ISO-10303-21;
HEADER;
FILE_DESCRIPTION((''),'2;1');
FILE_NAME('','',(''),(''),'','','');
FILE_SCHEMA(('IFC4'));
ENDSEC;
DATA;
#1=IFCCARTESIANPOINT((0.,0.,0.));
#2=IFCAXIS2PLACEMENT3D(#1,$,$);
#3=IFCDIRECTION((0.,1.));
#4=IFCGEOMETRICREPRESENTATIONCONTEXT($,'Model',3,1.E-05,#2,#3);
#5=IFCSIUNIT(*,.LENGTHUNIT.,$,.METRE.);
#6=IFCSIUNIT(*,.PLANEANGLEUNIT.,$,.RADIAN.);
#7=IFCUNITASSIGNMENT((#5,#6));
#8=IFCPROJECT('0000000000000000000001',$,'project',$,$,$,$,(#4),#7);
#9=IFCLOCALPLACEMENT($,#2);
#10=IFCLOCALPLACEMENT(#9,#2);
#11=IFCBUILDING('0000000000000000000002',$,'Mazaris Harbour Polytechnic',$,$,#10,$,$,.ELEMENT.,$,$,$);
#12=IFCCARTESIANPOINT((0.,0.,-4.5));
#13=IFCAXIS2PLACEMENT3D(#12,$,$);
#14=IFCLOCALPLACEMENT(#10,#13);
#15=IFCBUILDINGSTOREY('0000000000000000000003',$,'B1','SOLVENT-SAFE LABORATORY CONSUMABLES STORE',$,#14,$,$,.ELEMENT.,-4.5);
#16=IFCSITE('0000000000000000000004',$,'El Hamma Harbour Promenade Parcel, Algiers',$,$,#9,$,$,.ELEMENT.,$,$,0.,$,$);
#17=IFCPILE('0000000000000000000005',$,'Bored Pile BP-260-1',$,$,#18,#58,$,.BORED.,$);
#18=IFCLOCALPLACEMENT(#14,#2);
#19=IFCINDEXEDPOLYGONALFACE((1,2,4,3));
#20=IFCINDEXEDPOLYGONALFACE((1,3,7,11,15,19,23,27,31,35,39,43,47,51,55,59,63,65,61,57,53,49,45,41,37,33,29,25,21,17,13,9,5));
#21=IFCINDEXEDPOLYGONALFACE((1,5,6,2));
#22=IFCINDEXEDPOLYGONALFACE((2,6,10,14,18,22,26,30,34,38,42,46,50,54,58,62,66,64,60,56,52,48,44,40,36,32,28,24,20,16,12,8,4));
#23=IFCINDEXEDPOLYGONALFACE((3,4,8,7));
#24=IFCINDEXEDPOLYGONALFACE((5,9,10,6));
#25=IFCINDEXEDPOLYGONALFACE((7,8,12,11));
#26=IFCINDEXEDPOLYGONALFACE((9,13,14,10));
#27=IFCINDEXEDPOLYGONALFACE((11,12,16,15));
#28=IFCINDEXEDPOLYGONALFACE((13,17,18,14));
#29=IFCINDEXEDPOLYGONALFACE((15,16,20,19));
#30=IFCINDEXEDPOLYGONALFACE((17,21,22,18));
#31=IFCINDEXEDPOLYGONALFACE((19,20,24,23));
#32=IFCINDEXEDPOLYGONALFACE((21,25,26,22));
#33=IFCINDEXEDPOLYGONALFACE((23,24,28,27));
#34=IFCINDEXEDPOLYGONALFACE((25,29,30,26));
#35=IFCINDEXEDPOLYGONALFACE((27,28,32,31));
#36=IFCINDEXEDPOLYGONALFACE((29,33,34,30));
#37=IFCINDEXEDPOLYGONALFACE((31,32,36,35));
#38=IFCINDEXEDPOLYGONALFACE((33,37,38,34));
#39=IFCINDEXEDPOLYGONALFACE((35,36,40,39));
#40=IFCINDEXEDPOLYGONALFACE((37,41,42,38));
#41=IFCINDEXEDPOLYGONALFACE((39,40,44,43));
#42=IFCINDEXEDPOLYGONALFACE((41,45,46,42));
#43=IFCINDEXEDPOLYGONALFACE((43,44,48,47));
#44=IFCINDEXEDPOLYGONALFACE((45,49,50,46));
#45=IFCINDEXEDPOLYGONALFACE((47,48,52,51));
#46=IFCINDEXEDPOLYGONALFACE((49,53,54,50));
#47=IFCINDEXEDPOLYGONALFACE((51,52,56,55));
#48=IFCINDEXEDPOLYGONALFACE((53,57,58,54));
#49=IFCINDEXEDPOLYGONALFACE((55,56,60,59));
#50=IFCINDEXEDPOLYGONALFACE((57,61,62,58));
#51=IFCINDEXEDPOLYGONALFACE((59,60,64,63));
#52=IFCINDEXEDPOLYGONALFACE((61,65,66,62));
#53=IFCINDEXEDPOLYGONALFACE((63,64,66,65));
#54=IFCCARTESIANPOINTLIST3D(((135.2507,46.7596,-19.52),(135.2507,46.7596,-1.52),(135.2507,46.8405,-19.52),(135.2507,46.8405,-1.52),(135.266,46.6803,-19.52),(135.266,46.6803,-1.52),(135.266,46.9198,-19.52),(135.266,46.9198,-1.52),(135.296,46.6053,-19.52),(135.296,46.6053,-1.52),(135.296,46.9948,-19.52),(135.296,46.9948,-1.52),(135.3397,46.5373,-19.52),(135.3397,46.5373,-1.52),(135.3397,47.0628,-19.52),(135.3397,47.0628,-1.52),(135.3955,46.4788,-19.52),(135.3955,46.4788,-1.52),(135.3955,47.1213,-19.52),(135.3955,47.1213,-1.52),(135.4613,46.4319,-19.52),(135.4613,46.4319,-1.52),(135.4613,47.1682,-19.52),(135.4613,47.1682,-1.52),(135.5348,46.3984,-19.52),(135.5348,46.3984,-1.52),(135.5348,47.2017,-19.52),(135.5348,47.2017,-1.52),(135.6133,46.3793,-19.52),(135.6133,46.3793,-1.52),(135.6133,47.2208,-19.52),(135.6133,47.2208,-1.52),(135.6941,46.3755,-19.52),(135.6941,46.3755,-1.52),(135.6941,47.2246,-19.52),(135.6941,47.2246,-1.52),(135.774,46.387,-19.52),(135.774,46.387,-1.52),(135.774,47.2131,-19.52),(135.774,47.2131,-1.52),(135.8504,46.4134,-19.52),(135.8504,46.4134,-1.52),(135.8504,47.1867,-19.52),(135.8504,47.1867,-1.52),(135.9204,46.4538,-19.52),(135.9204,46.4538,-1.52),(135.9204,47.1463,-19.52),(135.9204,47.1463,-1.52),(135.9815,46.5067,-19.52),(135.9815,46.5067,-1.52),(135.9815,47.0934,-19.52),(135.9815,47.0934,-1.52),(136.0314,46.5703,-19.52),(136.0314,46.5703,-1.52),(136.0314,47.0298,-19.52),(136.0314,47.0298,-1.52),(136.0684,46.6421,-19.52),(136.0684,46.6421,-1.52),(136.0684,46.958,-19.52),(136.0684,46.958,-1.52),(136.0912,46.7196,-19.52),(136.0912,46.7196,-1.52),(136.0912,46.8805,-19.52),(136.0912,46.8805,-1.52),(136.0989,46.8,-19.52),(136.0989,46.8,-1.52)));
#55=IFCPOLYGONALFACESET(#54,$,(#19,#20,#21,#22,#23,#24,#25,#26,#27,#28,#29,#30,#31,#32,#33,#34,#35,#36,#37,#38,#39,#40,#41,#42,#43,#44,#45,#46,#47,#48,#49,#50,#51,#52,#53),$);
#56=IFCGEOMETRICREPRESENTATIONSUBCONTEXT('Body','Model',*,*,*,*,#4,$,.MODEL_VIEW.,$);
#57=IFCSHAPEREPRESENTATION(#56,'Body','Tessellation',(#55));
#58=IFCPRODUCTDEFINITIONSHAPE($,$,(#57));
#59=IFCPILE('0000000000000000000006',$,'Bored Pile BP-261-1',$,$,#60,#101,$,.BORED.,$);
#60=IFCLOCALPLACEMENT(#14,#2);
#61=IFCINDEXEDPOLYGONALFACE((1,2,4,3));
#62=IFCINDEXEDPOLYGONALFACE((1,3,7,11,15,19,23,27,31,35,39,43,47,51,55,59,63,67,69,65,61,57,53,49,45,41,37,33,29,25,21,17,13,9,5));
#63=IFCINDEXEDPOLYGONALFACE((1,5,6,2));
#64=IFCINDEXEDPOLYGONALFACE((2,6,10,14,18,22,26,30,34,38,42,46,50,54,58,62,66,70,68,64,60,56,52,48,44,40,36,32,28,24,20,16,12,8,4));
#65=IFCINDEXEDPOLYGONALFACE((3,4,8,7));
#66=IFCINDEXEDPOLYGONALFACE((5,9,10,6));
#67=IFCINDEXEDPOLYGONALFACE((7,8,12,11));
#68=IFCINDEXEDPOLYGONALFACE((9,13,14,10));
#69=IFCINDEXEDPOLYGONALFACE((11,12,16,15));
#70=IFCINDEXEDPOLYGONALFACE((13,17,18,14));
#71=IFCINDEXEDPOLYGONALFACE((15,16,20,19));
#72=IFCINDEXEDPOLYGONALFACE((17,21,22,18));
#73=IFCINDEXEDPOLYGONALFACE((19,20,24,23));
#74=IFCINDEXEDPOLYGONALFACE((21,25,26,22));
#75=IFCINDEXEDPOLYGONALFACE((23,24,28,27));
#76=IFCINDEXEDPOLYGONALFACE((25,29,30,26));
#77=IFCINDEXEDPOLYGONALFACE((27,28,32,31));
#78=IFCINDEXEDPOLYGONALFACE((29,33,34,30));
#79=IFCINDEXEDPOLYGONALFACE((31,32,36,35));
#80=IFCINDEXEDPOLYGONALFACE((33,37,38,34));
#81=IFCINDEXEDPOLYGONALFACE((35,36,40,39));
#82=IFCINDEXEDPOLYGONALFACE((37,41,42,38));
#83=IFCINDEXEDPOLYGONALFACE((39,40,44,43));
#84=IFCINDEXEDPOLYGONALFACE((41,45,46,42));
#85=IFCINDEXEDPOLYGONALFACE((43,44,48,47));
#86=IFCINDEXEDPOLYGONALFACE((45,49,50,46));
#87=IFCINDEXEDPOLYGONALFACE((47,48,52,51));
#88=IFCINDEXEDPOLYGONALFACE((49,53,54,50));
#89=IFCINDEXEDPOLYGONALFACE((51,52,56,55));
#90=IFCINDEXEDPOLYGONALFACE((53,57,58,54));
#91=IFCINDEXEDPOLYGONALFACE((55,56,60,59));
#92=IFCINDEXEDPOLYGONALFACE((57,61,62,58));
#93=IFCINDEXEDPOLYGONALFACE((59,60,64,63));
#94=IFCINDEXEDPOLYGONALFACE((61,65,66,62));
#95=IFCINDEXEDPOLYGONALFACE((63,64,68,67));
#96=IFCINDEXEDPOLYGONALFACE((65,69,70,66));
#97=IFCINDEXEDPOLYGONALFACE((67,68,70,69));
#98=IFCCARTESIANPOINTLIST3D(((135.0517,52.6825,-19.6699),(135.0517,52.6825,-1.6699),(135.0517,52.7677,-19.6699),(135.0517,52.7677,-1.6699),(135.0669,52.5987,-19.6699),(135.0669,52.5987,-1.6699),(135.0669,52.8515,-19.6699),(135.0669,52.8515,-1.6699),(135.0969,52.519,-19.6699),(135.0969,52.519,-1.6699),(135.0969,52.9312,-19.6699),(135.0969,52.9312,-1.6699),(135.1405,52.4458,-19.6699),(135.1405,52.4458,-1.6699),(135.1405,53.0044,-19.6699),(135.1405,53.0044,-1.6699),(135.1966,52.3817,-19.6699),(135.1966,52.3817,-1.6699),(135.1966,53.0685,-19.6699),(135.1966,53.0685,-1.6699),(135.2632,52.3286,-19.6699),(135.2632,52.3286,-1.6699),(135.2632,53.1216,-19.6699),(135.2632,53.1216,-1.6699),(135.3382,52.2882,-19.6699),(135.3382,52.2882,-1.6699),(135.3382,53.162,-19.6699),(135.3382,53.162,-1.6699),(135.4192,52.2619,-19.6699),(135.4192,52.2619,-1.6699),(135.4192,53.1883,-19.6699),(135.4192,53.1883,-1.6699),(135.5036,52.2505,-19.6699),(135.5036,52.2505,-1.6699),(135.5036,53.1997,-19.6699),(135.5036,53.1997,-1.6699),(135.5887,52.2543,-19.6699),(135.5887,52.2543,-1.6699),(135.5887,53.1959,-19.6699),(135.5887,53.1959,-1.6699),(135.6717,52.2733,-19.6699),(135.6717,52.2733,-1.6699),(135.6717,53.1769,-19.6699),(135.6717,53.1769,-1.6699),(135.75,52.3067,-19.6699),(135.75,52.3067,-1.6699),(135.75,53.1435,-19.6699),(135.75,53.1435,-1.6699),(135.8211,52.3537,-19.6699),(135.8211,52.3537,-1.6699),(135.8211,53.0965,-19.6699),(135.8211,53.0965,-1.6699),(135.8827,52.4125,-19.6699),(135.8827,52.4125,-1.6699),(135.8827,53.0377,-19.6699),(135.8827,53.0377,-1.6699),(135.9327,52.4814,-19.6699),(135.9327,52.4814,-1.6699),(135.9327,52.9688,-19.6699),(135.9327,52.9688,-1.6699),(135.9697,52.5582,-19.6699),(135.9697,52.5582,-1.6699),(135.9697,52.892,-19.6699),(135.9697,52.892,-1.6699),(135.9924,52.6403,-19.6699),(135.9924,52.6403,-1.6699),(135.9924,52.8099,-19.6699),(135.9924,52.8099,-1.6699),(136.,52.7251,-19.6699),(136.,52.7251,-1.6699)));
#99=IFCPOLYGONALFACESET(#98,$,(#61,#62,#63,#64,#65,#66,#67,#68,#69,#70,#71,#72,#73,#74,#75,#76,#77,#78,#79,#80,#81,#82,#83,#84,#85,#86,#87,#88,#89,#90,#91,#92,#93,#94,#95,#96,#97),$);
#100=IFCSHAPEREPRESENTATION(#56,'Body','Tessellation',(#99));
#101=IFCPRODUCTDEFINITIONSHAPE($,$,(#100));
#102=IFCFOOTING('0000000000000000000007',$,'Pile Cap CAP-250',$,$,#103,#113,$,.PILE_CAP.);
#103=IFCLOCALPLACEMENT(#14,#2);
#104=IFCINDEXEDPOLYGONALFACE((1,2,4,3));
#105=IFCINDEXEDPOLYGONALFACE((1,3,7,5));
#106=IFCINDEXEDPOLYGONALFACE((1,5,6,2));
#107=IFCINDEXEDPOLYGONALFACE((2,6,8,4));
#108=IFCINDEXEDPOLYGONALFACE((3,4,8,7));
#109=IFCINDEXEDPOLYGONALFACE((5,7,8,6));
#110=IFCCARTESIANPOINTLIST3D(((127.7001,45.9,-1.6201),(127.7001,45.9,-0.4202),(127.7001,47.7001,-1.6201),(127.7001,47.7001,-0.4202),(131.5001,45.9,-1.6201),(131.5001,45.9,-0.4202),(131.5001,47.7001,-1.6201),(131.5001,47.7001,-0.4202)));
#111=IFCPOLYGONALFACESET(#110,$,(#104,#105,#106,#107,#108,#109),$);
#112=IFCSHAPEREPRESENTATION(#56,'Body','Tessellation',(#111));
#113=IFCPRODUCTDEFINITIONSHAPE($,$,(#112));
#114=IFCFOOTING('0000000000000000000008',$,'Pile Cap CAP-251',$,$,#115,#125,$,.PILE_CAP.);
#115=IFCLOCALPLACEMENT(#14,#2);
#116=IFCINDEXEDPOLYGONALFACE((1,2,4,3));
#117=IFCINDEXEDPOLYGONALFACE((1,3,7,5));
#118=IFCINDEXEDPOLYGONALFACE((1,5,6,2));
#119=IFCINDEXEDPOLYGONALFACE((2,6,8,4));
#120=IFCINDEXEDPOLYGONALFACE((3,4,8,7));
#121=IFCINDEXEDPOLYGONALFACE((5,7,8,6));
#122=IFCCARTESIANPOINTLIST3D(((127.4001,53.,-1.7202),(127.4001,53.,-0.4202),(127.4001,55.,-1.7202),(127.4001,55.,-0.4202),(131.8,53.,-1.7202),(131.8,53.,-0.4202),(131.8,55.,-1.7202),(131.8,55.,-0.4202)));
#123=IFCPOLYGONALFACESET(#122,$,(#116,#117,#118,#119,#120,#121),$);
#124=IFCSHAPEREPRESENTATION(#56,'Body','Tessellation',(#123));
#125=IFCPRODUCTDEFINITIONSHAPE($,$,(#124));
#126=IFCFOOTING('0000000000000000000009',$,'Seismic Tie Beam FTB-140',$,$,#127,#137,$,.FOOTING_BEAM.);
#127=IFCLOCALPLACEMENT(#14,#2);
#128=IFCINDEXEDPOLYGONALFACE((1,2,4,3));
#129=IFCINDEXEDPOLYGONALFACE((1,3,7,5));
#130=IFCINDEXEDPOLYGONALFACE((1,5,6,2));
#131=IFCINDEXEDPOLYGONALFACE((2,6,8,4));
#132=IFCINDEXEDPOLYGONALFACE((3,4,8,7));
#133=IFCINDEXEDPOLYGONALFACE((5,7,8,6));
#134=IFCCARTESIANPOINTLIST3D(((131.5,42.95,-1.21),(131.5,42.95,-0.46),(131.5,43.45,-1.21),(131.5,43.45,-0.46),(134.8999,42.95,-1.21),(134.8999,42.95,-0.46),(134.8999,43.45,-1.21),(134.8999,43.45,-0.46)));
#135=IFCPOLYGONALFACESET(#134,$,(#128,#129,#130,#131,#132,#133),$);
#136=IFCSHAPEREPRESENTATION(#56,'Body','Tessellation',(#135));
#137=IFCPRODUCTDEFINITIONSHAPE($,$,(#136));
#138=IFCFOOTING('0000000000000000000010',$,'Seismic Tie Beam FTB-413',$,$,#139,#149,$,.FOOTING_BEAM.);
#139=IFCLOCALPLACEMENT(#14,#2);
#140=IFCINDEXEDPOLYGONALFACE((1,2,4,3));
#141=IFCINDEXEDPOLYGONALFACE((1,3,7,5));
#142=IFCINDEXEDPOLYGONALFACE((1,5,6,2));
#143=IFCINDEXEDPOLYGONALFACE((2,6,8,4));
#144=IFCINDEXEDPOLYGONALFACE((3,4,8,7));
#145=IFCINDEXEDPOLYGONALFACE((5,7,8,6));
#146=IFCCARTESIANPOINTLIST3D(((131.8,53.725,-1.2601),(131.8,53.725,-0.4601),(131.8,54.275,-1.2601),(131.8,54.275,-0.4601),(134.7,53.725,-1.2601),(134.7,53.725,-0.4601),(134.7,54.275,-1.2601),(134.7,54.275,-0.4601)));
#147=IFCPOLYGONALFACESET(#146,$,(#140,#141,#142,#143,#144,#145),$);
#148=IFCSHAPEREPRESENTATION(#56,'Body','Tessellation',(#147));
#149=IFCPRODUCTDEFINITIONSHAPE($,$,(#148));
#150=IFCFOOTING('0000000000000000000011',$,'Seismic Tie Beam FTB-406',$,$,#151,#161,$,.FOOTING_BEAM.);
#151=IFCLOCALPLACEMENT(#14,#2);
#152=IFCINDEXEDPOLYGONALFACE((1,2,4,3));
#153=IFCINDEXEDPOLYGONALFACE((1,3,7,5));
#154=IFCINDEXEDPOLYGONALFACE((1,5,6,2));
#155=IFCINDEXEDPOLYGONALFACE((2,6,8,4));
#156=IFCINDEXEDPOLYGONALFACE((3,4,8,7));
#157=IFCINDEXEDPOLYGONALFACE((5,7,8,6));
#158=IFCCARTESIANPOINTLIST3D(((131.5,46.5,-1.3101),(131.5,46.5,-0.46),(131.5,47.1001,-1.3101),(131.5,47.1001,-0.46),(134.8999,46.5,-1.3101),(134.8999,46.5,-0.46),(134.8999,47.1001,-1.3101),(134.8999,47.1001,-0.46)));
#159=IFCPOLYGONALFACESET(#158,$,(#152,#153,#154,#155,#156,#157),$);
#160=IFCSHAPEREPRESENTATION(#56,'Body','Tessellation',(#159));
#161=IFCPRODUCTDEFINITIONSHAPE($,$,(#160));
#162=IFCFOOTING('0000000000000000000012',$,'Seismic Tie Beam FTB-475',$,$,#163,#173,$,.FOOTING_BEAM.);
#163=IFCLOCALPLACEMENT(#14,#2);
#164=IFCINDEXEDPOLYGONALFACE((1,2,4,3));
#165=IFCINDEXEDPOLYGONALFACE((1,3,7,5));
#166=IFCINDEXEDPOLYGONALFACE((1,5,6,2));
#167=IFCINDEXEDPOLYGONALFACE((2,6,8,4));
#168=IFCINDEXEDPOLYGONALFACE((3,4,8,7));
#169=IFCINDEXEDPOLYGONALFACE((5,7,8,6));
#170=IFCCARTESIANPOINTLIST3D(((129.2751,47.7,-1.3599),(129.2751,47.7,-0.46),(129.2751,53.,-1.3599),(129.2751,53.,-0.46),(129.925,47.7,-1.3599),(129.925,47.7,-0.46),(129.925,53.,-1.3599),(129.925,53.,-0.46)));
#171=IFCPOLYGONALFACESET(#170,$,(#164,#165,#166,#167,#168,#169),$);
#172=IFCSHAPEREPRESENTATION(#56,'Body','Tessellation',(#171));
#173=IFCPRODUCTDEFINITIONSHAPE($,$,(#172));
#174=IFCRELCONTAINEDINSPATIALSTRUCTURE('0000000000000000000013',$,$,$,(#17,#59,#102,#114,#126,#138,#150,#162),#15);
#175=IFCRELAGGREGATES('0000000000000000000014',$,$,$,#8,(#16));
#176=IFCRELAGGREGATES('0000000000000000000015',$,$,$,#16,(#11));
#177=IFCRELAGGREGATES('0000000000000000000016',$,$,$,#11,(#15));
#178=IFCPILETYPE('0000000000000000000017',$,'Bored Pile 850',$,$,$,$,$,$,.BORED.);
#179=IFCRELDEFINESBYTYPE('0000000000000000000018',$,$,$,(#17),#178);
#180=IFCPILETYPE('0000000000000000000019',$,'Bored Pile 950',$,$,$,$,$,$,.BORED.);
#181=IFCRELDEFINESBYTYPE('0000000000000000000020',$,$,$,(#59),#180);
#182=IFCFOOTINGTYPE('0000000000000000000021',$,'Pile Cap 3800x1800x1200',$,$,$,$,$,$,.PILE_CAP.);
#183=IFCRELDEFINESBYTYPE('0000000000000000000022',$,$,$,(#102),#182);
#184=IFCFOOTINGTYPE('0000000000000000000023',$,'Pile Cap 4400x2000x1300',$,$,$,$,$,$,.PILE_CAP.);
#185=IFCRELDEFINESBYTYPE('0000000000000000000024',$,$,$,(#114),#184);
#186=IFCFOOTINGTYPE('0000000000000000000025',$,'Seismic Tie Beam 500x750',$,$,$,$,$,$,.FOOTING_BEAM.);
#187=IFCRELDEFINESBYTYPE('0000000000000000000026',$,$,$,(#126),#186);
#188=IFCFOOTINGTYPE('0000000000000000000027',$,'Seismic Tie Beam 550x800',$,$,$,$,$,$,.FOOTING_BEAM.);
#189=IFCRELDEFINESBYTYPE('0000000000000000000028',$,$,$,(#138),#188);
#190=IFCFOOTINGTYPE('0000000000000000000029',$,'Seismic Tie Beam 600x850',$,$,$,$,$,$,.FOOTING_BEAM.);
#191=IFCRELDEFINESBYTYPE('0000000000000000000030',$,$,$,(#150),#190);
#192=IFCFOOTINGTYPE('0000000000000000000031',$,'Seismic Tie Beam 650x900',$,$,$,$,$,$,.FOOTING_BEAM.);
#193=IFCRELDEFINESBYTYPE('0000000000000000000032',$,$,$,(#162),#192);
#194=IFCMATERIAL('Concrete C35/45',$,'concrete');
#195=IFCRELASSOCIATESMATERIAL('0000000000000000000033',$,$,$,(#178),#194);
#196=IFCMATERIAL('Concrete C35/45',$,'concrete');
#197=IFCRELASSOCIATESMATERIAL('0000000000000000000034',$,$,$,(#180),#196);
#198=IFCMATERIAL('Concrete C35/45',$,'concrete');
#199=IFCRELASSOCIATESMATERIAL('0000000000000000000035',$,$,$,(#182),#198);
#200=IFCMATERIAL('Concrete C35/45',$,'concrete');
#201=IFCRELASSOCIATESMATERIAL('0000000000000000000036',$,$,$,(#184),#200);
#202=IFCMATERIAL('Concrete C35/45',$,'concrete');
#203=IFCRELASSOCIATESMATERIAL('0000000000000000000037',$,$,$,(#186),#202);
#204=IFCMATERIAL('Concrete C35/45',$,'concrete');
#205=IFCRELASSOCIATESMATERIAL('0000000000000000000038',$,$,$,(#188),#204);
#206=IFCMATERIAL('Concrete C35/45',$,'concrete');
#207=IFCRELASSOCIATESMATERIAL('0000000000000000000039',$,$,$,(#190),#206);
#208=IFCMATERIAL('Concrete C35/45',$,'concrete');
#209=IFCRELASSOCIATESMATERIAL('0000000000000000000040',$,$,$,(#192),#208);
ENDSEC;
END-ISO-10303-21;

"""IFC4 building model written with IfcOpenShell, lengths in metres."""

from ifc_helpers import new_model, si_unit, direction, frame, origin, origin_2d, place, context, subcontext, project, spatial, rectangle, circle, extrude, material, material_profile, profile_set, type_object, element, save


model = new_model("IFC4")

# Units and contexts
model_context = context("Model", 3, precision=1e-05, world=origin(), true_north=direction((0.0, 1.0)))
body_context = subcontext(model_context, "Body", "Model", "MODEL_VIEW")
ifc_project = project(units=[si_unit("LENGTHUNIT", "METRE"), si_unit("PLANEANGLEUNIT", "RADIAN")], contexts=[model_context])

# Site, building, storey
site_placement = place(None, origin())
site = spatial("IfcSite", under=ifc_project, at=site_placement, Name="El Hamma Harbour Promenade Parcel, Algiers", CompositionType="ELEMENT", RefElevation=0.0)
building_placement = place(site_placement, origin())
building = spatial("IfcBuilding", under=site, at=building_placement, Name="Mazaris Harbour Polytechnic", CompositionType="ELEMENT")
storey_placement = place(building_placement, frame((0.0, 0.0, -4.5)))
storey = spatial("IfcBuildingStorey", under=building, at=storey_placement, Name="B1", Description="SOLVENT-SAFE LABORATORY CONSUMABLES STORE", CompositionType="ELEMENT", Elevation=-4.5)

# Piles
ifc_material_1 = material(Name="Concrete C35/45", Category="concrete")
ifc_material_profile_1 = material_profile(ifc_material_1, circle(Radius=0.425, at=origin_2d()), Name="DIA850")
ifc_profile_set_1 = profile_set([ifc_material_profile_1], Name="Concrete C35/45")
pile_type_1 = type_object("IfcPileType", Name="Bored Pile 850", PredefinedType="BORED", material=ifc_profile_set_1)
for number, where, z_axis, x_axis, name in (
    (1, (135.6738, 46.8, -1.52), (0.0, 0.0, -1.0), (1.0, 0.0, 0.0), "Bored Pile BP-260-1"),
):
    element("IfcPile", number, at=place(storey_placement, frame(where, z_axis=z_axis, x_axis=x_axis)), inside=storey, type_object=pile_type_1, Name=name, PredefinedType="BORED", context=body_context, shape_type="SweptSolid", body=[
        extrude(circle(Radius=0.425, at=origin_2d()), origin(), (0.0, 0.0, 1.0), 18.0),
    ])
ifc_material_2 = material(Name="Concrete C35/45", Category="concrete")
ifc_material_profile_2 = material_profile(ifc_material_2, circle(Radius=0.4751, at=origin_2d()), Name="DIA950")
ifc_profile_set_2 = profile_set([ifc_material_profile_2], Name="Concrete C35/45")
pile_type_2 = type_object("IfcPileType", Name="Bored Pile 950", PredefinedType="BORED", material=ifc_profile_set_2)
pile_1_placement = place(storey_placement, frame((135.5249, 52.7251, -1.6699), z_axis=(0.0, 0.0, -1.0), x_axis=(1.0, 0.0, 0.0)))
element("IfcPile", 2, at=pile_1_placement, inside=storey, type_object=pile_type_2, Name="Bored Pile BP-261-1", PredefinedType="BORED", context=body_context, shape_type="SweptSolid", body=[
    extrude(circle(Radius=0.4751, at=origin_2d()), origin(), (0.0, 0.0, 1.0), 18.0),
])

# Footings
ifc_material_3 = material(Name="Concrete C35/45", Category="concrete")
footing_type_1 = type_object("IfcFootingType", Name="Pile Cap 3800x1800x1200", PredefinedType="PILE_CAP", material=ifc_material_3)
footing_1_placement = place(storey_placement, frame((129.6001, 46.8, -1.6201), z_axis=(0.0, 0.0, 1.0), x_axis=(1.0, 0.0, 0.0)))
element("IfcFooting", 3, at=footing_1_placement, inside=storey, type_object=footing_type_1, Name="Pile Cap CAP-250", PredefinedType="PILE_CAP", context=body_context, shape_type="SweptSolid", body=[
    extrude(rectangle(XDim=3.8, YDim=1.8, at=origin_2d()), origin(), (0.0, 0.0, 1.0), 1.2),
])
ifc_material_4 = material(Name="Concrete C35/45", Category="concrete")
footing_type_2 = type_object("IfcFootingType", Name="Pile Cap 4400x2000x1300", PredefinedType="PILE_CAP", material=ifc_material_4)
footing_2_placement = place(storey_placement, frame((129.6001, 54.0, -1.7202), z_axis=(0.0, 0.0, 1.0), x_axis=(1.0, 0.0, 0.0)))
element("IfcFooting", 4, at=footing_2_placement, inside=storey, type_object=footing_type_2, Name="Pile Cap CAP-251", PredefinedType="PILE_CAP", context=body_context, shape_type="SweptSolid", body=[
    extrude(rectangle(XDim=4.3999, YDim=2.0, at=origin_2d()), origin(), (0.0, 0.0, 1.0), 1.3),
])
ifc_material_5 = material(Name="Concrete C35/45", Category="concrete")
ifc_material_profile_3 = material_profile(ifc_material_5, rectangle(XDim=0.5, YDim=0.75, at=origin_2d()), Name="RECT500x750")
ifc_profile_set_3 = profile_set([ifc_material_profile_3], Name="Concrete C35/45")
footing_type_3 = type_object("IfcFootingType", Name="Seismic Tie Beam 500x750", PredefinedType="FOOTING_BEAM", material=ifc_profile_set_3)
footing_3_placement = place(storey_placement, frame((131.5, 43.2, -0.835), z_axis=(1.0, 0.0, 0.0), x_axis=(0.0, 1.0, 0.0)))
element("IfcFooting", 5, at=footing_3_placement, inside=storey, type_object=footing_type_3, Name="Seismic Tie Beam FTB-140", PredefinedType="FOOTING_BEAM", context=body_context, shape_type="SweptSolid", body=[
    extrude(rectangle(XDim=0.5, YDim=0.75, at=origin_2d()), origin(), (0.0, 0.0, 1.0), 3.3999),
])
ifc_material_6 = material(Name="Concrete C35/45", Category="concrete")
ifc_material_profile_4 = material_profile(ifc_material_6, rectangle(XDim=0.55, YDim=0.8, at=origin_2d()), Name="RECT550x800")
ifc_profile_set_4 = profile_set([ifc_material_profile_4], Name="Concrete C35/45")
footing_type_4 = type_object("IfcFootingType", Name="Seismic Tie Beam 550x800", PredefinedType="FOOTING_BEAM", material=ifc_profile_set_4)
footing_4_placement = place(storey_placement, frame((131.8, 54.0, -0.8601), z_axis=(1.0, 0.0, 0.0), x_axis=(0.0, 1.0, 0.0)))
element("IfcFooting", 6, at=footing_4_placement, inside=storey, type_object=footing_type_4, Name="Seismic Tie Beam FTB-413", PredefinedType="FOOTING_BEAM", context=body_context, shape_type="SweptSolid", body=[
    extrude(rectangle(XDim=0.55, YDim=0.8, at=origin_2d()), origin(), (0.0, 0.0, 1.0), 2.8999),
])
ifc_material_7 = material(Name="Concrete C35/45", Category="concrete")
ifc_material_profile_5 = material_profile(ifc_material_7, rectangle(XDim=0.6001, YDim=0.8501, at=origin_2d()), Name="RECT600x850")
ifc_profile_set_5 = profile_set([ifc_material_profile_5], Name="Concrete C35/45")
footing_type_5 = type_object("IfcFootingType", Name="Seismic Tie Beam 600x850", PredefinedType="FOOTING_BEAM", material=ifc_profile_set_5)
footing_5_placement = place(storey_placement, frame((131.5, 46.8, -0.885), z_axis=(1.0, 0.0, 0.0), x_axis=(0.0, 1.0, 0.0)))
element("IfcFooting", 7, at=footing_5_placement, inside=storey, type_object=footing_type_5, Name="Seismic Tie Beam FTB-406", PredefinedType="FOOTING_BEAM", context=body_context, shape_type="SweptSolid", body=[
    extrude(rectangle(XDim=0.6001, YDim=0.8501, at=origin_2d()), origin(), (0.0, 0.0, 1.0), 3.3999),
])
ifc_material_8 = material(Name="Concrete C35/45", Category="concrete")
ifc_material_profile_6 = material_profile(ifc_material_8, rectangle(XDim=0.6499, YDim=0.8999, at=origin_2d()), Name="RECT650x900")
ifc_profile_set_6 = profile_set([ifc_material_profile_6], Name="Concrete C35/45")
footing_type_6 = type_object("IfcFootingType", Name="Seismic Tie Beam 650x900", PredefinedType="FOOTING_BEAM", material=ifc_profile_set_6)
footing_6_placement = place(storey_placement, frame((129.6001, 47.7, -0.9099), z_axis=(0.0, 1.0, 0.0), x_axis=(-1.0, 0.0, 0.0)))
element("IfcFooting", 8, at=footing_6_placement, inside=storey, type_object=footing_type_6, Name="Seismic Tie Beam FTB-475", PredefinedType="FOOTING_BEAM", context=body_context, shape_type="SweptSolid", body=[
    extrude(rectangle(XDim=0.6499, YDim=0.8999, at=origin_2d()), origin(), (0.0, 0.0, 1.0), 5.3),
])

save(model, "model.ifc")
